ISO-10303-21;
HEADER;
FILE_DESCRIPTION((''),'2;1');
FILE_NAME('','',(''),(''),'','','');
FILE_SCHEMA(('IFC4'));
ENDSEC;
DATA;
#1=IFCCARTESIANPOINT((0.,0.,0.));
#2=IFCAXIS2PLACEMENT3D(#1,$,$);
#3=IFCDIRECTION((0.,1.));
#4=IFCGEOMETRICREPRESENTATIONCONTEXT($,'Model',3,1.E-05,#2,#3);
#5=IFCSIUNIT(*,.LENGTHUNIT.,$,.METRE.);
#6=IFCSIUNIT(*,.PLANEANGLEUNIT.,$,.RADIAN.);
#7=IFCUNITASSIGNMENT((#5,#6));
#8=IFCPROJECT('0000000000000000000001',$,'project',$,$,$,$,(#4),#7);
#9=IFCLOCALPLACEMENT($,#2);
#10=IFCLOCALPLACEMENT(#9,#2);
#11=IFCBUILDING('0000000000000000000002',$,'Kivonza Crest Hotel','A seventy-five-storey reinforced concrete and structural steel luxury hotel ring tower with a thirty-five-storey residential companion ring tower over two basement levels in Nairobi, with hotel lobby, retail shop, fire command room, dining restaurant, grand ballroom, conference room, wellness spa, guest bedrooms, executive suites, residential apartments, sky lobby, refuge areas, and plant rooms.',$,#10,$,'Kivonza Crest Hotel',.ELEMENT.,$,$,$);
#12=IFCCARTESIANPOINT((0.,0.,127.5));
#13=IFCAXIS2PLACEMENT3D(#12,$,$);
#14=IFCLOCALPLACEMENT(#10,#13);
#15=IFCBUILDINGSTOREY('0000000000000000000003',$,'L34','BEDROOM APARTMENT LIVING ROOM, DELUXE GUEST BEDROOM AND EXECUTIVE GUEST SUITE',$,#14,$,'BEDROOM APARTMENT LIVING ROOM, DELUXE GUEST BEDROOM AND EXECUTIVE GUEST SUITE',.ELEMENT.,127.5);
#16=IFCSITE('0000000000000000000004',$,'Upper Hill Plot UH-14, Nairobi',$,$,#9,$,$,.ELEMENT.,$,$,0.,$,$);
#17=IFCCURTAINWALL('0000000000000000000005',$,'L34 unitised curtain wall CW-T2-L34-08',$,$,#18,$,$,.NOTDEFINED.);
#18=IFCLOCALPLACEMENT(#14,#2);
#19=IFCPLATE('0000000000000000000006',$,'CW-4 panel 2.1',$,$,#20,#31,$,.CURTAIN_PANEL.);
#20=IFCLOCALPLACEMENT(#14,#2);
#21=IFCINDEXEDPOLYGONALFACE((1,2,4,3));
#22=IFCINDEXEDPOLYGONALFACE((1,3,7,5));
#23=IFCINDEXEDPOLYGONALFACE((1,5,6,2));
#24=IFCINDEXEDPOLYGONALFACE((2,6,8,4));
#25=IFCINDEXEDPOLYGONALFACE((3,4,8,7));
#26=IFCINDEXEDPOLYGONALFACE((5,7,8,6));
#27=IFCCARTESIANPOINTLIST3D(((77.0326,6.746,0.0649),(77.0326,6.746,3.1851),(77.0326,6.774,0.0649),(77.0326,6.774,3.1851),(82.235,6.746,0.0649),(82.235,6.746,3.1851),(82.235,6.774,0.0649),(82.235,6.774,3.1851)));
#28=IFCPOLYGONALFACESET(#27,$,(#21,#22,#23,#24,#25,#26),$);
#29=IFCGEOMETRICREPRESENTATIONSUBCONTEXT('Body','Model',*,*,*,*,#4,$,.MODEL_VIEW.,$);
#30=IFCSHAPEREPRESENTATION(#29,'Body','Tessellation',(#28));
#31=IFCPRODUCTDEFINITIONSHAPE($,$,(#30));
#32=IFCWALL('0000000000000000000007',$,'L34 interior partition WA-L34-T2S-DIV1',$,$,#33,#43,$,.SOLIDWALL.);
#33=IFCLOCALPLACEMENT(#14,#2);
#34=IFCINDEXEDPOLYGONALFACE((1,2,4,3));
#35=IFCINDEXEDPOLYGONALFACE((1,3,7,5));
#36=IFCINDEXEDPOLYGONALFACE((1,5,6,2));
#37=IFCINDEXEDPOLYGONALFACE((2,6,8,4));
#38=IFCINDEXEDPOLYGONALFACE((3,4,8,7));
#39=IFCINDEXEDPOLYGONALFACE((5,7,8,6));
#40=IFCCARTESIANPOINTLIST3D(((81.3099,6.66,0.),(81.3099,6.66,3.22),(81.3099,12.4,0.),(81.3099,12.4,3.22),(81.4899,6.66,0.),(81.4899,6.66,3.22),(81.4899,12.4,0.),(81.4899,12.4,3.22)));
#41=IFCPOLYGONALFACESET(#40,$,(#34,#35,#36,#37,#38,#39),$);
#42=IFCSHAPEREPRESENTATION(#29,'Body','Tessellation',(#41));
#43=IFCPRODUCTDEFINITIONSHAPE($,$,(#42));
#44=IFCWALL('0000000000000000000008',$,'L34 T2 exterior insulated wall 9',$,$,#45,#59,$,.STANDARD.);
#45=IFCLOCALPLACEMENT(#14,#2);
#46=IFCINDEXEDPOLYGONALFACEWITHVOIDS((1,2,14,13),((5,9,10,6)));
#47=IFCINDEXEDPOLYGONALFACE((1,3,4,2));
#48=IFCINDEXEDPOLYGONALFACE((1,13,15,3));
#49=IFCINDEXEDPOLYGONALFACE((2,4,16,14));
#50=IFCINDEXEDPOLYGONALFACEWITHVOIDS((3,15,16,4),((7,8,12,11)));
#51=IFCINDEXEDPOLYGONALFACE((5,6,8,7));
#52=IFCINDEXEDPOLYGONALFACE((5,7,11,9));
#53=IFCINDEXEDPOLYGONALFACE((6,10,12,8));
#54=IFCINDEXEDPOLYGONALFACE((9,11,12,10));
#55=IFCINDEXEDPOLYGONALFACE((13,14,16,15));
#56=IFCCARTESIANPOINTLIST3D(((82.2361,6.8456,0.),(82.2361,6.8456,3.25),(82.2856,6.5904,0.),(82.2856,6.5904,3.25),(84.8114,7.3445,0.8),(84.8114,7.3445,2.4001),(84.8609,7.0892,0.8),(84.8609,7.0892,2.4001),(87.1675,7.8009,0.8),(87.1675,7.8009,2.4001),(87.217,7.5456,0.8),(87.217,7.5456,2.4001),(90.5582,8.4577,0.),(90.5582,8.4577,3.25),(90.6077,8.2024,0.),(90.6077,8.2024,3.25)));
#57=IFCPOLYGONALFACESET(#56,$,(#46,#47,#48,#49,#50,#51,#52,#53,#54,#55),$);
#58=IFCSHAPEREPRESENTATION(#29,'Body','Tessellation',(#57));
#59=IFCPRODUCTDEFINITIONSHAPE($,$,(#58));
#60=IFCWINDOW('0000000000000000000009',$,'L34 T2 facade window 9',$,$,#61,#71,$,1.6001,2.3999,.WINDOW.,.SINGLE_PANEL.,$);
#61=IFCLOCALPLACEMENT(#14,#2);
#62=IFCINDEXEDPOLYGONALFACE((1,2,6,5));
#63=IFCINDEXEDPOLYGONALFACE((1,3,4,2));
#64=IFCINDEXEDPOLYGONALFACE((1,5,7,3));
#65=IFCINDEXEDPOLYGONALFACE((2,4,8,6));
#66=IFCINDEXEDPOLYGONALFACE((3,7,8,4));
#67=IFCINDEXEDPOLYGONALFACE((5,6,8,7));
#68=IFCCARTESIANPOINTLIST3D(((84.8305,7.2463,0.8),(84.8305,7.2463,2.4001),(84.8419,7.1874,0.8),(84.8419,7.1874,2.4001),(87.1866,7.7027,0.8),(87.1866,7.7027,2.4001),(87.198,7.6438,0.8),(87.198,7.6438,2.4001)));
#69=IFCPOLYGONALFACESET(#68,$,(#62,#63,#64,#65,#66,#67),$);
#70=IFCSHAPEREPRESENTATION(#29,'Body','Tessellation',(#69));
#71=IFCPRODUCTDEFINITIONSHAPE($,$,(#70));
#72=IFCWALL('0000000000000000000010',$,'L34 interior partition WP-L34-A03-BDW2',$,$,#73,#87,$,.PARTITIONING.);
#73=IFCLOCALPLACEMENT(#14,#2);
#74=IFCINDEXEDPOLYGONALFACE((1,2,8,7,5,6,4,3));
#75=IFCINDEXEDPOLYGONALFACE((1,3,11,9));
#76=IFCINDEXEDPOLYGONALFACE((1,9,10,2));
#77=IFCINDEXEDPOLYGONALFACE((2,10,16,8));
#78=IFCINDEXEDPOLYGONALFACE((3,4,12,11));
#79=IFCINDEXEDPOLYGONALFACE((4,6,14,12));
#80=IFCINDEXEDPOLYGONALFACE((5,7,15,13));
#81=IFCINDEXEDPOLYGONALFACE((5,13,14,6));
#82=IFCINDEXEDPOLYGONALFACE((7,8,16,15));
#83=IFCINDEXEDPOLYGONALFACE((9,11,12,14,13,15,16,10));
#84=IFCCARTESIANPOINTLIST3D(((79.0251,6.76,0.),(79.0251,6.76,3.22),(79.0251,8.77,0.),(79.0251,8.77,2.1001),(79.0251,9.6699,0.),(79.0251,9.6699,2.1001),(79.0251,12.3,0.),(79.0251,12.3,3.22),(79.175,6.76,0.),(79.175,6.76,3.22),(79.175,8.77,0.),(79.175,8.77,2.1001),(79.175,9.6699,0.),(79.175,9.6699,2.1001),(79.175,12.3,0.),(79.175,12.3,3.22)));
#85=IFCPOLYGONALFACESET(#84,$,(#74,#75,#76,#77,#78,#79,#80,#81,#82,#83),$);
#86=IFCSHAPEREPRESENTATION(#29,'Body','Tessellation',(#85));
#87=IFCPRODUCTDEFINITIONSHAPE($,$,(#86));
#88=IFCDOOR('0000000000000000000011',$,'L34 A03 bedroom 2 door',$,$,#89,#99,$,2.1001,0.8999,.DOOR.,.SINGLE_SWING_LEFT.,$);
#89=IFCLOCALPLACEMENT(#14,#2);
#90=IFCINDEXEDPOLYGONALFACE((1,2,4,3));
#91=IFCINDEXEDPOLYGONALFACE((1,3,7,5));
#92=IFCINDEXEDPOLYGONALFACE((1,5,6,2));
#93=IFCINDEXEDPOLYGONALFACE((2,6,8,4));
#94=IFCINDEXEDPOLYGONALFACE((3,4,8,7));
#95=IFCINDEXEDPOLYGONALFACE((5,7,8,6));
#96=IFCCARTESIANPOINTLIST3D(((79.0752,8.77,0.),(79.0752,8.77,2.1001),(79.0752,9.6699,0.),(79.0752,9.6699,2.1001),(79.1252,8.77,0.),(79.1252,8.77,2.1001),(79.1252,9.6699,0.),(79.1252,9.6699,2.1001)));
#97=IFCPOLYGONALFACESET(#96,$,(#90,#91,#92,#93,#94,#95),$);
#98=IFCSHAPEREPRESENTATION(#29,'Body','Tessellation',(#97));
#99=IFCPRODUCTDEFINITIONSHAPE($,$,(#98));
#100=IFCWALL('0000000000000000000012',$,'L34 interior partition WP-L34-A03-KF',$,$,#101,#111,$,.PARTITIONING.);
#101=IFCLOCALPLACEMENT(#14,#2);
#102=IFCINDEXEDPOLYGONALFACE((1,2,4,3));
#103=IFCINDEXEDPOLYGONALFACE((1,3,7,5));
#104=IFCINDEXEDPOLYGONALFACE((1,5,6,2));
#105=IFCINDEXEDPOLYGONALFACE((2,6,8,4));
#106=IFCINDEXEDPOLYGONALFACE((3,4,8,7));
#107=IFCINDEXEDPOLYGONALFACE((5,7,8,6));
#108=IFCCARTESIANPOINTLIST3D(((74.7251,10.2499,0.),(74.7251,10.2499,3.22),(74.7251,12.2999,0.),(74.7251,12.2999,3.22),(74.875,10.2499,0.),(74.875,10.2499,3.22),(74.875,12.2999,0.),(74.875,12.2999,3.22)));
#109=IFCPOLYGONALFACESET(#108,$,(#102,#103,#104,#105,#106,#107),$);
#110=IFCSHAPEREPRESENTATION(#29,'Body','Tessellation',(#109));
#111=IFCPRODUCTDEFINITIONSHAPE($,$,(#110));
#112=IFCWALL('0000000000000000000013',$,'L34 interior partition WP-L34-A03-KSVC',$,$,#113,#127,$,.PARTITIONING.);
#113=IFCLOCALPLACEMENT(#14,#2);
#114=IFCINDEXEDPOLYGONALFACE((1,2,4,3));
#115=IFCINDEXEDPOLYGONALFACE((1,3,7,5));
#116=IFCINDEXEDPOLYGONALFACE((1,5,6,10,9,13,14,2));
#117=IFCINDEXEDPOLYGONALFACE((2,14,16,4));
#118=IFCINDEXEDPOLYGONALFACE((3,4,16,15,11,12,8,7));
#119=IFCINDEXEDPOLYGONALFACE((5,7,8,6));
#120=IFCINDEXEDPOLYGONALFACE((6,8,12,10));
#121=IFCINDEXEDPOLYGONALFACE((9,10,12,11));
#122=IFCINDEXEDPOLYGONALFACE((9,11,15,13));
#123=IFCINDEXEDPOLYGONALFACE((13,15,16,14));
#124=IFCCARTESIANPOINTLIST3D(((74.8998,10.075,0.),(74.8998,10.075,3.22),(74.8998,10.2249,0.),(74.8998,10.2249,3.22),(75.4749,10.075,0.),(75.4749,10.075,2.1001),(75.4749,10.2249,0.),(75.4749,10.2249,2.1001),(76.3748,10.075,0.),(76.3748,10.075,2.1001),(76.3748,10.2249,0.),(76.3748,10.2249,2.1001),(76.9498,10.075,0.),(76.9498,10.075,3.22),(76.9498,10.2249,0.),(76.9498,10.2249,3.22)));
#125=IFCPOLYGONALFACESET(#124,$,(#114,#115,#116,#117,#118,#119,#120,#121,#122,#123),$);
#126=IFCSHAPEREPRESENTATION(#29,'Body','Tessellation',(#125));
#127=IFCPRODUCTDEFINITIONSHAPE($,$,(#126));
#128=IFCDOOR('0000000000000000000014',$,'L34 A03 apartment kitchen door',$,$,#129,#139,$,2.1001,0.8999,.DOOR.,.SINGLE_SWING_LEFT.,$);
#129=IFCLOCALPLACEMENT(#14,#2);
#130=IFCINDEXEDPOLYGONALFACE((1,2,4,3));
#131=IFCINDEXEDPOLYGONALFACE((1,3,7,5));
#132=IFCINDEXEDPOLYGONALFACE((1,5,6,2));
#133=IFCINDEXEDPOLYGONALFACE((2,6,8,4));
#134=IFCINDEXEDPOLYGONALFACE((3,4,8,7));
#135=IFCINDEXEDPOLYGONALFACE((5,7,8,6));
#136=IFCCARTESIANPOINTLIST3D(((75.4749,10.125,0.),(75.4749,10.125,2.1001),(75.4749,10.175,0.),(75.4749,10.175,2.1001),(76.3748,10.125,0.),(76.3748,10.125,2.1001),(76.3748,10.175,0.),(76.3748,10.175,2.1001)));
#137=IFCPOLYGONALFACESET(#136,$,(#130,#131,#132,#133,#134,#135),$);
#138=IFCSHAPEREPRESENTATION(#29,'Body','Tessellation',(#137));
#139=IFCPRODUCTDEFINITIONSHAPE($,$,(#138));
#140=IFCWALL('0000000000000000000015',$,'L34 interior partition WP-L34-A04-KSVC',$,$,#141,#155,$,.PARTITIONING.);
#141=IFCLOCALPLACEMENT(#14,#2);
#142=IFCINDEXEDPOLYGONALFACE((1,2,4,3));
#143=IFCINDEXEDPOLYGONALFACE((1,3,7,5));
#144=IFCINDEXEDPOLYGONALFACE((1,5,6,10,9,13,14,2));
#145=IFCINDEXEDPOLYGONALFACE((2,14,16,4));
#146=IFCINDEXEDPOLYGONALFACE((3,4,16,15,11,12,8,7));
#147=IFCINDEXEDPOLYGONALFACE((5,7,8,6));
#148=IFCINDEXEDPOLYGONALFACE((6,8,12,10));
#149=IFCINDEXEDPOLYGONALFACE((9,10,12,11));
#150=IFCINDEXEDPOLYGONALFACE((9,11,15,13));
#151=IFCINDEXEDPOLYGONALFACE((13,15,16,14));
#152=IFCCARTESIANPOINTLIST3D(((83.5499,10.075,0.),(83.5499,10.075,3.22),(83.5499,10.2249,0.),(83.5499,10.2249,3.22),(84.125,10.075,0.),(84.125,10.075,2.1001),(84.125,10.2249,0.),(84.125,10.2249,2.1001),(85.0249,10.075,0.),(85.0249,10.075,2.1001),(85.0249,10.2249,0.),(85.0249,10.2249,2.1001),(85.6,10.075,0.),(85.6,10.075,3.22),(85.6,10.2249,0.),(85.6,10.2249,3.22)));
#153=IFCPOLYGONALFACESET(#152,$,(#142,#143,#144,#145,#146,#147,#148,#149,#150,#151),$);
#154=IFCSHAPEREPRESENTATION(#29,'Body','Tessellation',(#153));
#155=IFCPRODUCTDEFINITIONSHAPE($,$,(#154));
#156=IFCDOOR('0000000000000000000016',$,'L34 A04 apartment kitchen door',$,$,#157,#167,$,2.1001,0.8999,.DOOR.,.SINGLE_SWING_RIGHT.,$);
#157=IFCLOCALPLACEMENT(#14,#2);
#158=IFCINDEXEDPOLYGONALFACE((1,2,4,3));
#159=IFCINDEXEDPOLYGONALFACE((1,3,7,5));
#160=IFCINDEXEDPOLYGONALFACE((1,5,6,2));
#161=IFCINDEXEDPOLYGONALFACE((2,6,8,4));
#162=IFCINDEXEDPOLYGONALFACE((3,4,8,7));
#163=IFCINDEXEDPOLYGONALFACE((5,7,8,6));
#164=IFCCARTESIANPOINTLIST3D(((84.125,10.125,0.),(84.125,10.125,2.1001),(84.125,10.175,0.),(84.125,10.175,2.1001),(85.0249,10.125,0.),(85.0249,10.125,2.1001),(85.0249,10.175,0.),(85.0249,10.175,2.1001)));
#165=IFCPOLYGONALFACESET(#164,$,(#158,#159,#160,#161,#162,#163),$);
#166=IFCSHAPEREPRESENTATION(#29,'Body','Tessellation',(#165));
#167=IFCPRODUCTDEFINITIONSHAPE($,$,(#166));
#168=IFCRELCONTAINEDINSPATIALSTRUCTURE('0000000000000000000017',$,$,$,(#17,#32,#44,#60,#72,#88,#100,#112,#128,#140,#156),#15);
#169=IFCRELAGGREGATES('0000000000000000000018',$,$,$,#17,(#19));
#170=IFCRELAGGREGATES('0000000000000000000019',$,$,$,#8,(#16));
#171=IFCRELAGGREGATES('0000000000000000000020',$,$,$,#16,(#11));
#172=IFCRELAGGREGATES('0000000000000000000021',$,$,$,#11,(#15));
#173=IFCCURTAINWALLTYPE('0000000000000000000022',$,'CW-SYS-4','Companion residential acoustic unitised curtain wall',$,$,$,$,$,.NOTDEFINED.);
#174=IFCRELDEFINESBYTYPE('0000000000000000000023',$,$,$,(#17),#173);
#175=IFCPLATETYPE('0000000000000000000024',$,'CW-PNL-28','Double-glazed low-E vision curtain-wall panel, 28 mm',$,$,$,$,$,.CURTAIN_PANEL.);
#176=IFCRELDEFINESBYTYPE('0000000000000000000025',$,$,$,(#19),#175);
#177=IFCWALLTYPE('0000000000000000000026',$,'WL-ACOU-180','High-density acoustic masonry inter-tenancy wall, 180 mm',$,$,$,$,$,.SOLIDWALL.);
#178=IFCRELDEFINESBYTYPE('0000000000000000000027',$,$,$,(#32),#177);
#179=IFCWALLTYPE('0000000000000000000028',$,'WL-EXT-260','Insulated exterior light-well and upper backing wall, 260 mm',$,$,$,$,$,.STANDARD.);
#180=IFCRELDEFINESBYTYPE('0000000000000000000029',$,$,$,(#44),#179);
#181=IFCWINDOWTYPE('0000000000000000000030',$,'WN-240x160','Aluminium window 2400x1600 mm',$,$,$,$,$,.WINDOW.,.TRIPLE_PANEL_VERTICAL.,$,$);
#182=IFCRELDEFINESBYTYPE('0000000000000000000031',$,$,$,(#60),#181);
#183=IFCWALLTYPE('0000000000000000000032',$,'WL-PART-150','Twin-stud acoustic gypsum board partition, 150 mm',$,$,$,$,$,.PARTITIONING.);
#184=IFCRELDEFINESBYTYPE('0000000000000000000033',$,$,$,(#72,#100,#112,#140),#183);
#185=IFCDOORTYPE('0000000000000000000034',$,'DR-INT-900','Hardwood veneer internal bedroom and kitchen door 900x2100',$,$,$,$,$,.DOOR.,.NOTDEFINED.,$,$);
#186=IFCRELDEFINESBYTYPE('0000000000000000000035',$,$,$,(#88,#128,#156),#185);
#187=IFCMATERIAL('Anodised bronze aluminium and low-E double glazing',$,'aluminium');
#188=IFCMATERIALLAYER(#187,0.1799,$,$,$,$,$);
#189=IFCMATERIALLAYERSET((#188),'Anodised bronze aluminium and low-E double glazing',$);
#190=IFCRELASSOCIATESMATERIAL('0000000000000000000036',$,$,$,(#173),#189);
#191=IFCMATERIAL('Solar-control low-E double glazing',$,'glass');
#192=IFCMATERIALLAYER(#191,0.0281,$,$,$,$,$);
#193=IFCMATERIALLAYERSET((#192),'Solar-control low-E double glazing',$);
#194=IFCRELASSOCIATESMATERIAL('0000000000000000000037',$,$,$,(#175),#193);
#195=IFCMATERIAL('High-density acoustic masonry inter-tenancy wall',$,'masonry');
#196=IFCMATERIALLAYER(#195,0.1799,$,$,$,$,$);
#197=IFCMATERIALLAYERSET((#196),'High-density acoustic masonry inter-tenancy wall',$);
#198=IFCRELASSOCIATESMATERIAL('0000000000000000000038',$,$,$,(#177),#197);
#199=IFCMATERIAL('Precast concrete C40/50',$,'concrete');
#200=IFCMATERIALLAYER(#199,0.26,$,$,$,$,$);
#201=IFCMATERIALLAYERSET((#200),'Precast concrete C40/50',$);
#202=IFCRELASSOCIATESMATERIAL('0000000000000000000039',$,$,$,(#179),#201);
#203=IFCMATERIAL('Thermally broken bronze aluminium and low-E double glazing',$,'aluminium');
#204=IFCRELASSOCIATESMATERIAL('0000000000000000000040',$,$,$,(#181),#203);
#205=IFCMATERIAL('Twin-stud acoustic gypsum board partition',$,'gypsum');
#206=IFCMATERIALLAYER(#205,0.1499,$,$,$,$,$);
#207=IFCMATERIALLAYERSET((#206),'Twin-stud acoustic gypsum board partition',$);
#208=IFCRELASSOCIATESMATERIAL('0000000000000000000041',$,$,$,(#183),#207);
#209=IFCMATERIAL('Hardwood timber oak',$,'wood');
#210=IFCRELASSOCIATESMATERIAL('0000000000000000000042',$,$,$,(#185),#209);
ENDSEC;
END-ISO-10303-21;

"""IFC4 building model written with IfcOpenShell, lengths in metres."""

from ifc_helpers import new_model, si_unit, direction, frame, frame_2d, origin, origin_2d, place, context, subcontext, project, spatial, rectangle, extrude, material, layer, layer_set, type_object, element, fill, aggregate, save


model = new_model("IFC4")

# Units and contexts
model_context = context("Model", 3, precision=1e-05, world=origin(), true_north=direction((0.0, 1.0)))
body_context = subcontext(model_context, "Body", "Model", "MODEL_VIEW")
ifc_project = project(units=[si_unit("LENGTHUNIT", "METRE"), si_unit("PLANEANGLEUNIT", "RADIAN")], contexts=[model_context])

# Site, building, storey
site_placement = place(None, origin())
site = spatial("IfcSite", under=ifc_project, at=site_placement, Name="Upper Hill Plot UH-14, Nairobi", CompositionType="ELEMENT", RefElevation=0.0)
building_placement = place(site_placement, origin())
building = spatial("IfcBuilding", under=site, at=building_placement, Name="Kivonza Crest Hotel", Description="A seventy-five-storey reinforced concrete and structural steel luxury hotel ring tower with a thirty-five-storey residential companion ring tower over two basement levels in Nairobi, with hotel lobby, retail shop, fire command room, dining restaurant, grand ballroom, conference room, wellness spa, guest bedrooms, executive suites, residential apartments, sky lobby, refuge areas, and plant rooms.", LongName="Kivonza Crest Hotel", CompositionType="ELEMENT")
storey_placement = place(building_placement, frame((0.0, 0.0, 127.5)))
storey = spatial("IfcBuildingStorey", under=building, at=storey_placement, Name="L34", Description="BEDROOM APARTMENT LIVING ROOM, DELUXE GUEST BEDROOM AND EXECUTIVE GUEST SUITE", LongName="BEDROOM APARTMENT LIVING ROOM, DELUXE GUEST BEDROOM AND EXECUTIVE GUEST SUITE", CompositionType="ELEMENT", Elevation=127.5)

# Curtain wall, plate
ifc_material_1 = material(Name="Anodised bronze aluminium and low-E double glazing", Category="aluminium")
ifc_layer_1 = layer(ifc_material_1, 0.1799)
ifc_layer_set_1 = layer_set([ifc_layer_1], Name="Anodised bronze aluminium and low-E double glazing")
curtain_wall_type = type_object("IfcCurtainWallType", Name="CW-SYS-4", Description="Companion residential acoustic unitised curtain wall", PredefinedType="NOTDEFINED", material=ifc_layer_set_1)
curtain_wall_placement = place(storey_placement, origin())
curtain_wall = element("IfcCurtainWall", 1, at=curtain_wall_placement, inside=storey, type_object=curtain_wall_type, Name="L34 unitised curtain wall CW-T2-L34-08", PredefinedType="NOTDEFINED")
ifc_material_2 = material(Name="Solar-control low-E double glazing", Category="glass")
ifc_layer_2 = layer(ifc_material_2, 0.0281)
ifc_layer_set_2 = layer_set([ifc_layer_2], Name="Solar-control low-E double glazing")
plate_type = type_object("IfcPlateType", Name="CW-PNL-28", Description="Double-glazed low-E vision curtain-wall panel, 28 mm", PredefinedType="CURTAIN_PANEL", material=ifc_layer_set_2)
plate_1_placement = place(storey_placement, frame((79.6338, 6.76, 0.0649), z_axis=(0.0, 0.0, 1.0), x_axis=(1.0, 0.0, 0.0)))
plate_1 = element("IfcPlate", 2, at=plate_1_placement, type_object=plate_type, Name="CW-4 panel 2.1", PredefinedType="CURTAIN_PANEL", context=body_context, shape_type="SweptSolid", body=[
    extrude(rectangle(XDim=5.2024, YDim=0.0281, at=origin_2d()), origin(), (0.0, 0.0, 1.0), 3.1201),
])
aggregate(curtain_wall, [plate_1])

# Wall
ifc_material_3 = material(Name="High-density acoustic masonry inter-tenancy wall", Category="masonry")
ifc_layer_3 = layer(ifc_material_3, 0.1799)
ifc_layer_set_3 = layer_set([ifc_layer_3], Name="High-density acoustic masonry inter-tenancy wall")
wall_type_1 = type_object("IfcWallType", Name="WL-ACOU-180", Description="High-density acoustic masonry inter-tenancy wall, 180 mm", PredefinedType="SOLIDWALL", material=ifc_layer_set_3)
wall_1_placement = place(storey_placement, frame((81.3999, 6.6599, 0.0), z_axis=(0.0, 0.0, 1.0), x_axis=(0.0, 1.0, 0.0)))
element("IfcWall", 3, at=wall_1_placement, inside=storey, type_object=wall_type_1, Name="L34 interior partition WA-L34-T2S-DIV1", PredefinedType="SOLIDWALL", context=body_context, shape_type="SweptSolid", body=[
    extrude(rectangle(XDim=5.74, YDim=0.1799, at=frame_2d((2.8701, 0.0))), origin(), (0.0, 0.0, 1.0), 3.22),
])

# Wall, opening, window
ifc_material_4 = material(Name="Precast concrete C40/50", Category="concrete")
ifc_layer_4 = layer(ifc_material_4, 0.26)
ifc_layer_set_4 = layer_set([ifc_layer_4], Name="Precast concrete C40/50")
wall_type_2 = type_object("IfcWallType", Name="WL-EXT-260", Description="Insulated exterior light-well and upper backing wall, 260 mm", PredefinedType="STANDARD", material=ifc_layer_set_4)
wall_2_placement = place(storey_placement, frame((82.261, 6.718, 0.0), z_axis=(0.0, 0.0, 1.0), x_axis=(0.98175, 0.190175, 0.0)))
wall_2 = element("IfcWall", 4, at=wall_2_placement, inside=storey, type_object=wall_type_2, Name="L34 T2 exterior insulated wall 9", PredefinedType="STANDARD", context=body_context, shape_type="SweptSolid", body=[
    extrude(rectangle(XDim=8.4768, YDim=0.26, at=frame_2d((4.2383, 0.0))), origin(), (0.0, 0.0, 1.0), 3.25),
])
opening_1_placement = place(wall_2_placement, frame((2.623, 0.0, 0.8)))
opening_1 = element("IfcOpeningElement", 5, at=opening_1_placement, cuts=wall_2, PredefinedType="OPENING", context=body_context, shape_type="SweptSolid", body=[
    extrude(rectangle(XDim=2.3999, YDim=1.6001, at=frame_2d((1.2, 0.8))), frame((0.0, 0.1401, 0.0), z_axis=(0.0, -1.0, 0.0), x_axis=(1.0, 0.0, 0.0)), (0.0, 0.0, 1.0), 0.28),
])
ifc_material_5 = material(Name="Thermally broken bronze aluminium and low-E double glazing", Category="aluminium")
window_type = type_object("IfcWindowType", Name="WN-240x160", Description="Aluminium window 2400x1600 mm", PartitioningType="TRIPLE_PANEL_VERTICAL", PredefinedType="WINDOW", material=ifc_material_5)
window_placement = place(opening_1_placement, origin())
window = element("IfcWindow", 6, at=window_placement, inside=storey, type_object=window_type, Name="L34 T2 facade window 9", OverallHeight=1.6001, OverallWidth=2.3999, PartitioningType="SINGLE_PANEL", PredefinedType="WINDOW", context=body_context, shape_type="SweptSolid", body=[
    extrude(rectangle(XDim=2.3999, YDim=1.6001, at=frame_2d((1.2, 0.8))), frame((0.0, 0.03, 0.0), z_axis=(0.0, -1.0, 0.0), x_axis=(1.0, 0.0, 0.0)), (0.0, 0.0, 1.0), 0.0601),
])
fill(opening_1, window)

# Wall, opening, door
ifc_material_6 = material(Name="Twin-stud acoustic gypsum board partition", Category="gypsum")
ifc_layer_5 = layer(ifc_material_6, 0.1499)
ifc_layer_set_5 = layer_set([ifc_layer_5], Name="Twin-stud acoustic gypsum board partition")
wall_type_3 = type_object("IfcWallType", Name="WL-PART-150", Description="Twin-stud acoustic gypsum board partition, 150 mm", PredefinedType="PARTITIONING", material=ifc_layer_set_5)
wall_3_placement = place(storey_placement, frame((79.1001, 6.76, 0.0), z_axis=(0.0, 0.0, 1.0), x_axis=(0.0, 1.0, 0.0)))
wall_3 = element("IfcWall", 7, at=wall_3_placement, inside=storey, type_object=wall_type_3, Name="L34 interior partition WP-L34-A03-BDW2", PredefinedType="PARTITIONING", context=body_context, shape_type="SweptSolid", body=[
    extrude(rectangle(XDim=5.54, YDim=0.1499, at=frame_2d((2.77, 0.0))), origin(), (0.0, 0.0, 1.0), 3.22),
])
opening_2_placement = place(wall_3_placement, frame((2.01, 0.0, 0.0)))
opening_2 = element("IfcOpeningElement", 8, at=opening_2_placement, cuts=wall_3, PredefinedType="OPENING", context=body_context, shape_type="SweptSolid", body=[
    extrude(rectangle(XDim=0.8999, YDim=2.1001, at=frame_2d((0.45, 1.05))), frame((0.0, 0.085, 0.0), z_axis=(0.0, -1.0, 0.0), x_axis=(1.0, 0.0, 0.0)), (0.0, 0.0, 1.0), 0.1699),
])
ifc_material_7 = material(Name="Hardwood timber oak", Category="wood")
door_type_1 = type_object("IfcDoorType", Name="DR-INT-900", Description="Hardwood veneer internal bedroom and kitchen door 900x2100", OperationType="NOTDEFINED", PredefinedType="DOOR", material=ifc_material_7)
door_1_placement = place(opening_2_placement, origin())
door_1 = element("IfcDoor", 9, at=door_1_placement, inside=storey, type_object=door_type_1, Name="L34 A03 bedroom 2 door", OperationType="SINGLE_SWING_LEFT", OverallHeight=2.1001, OverallWidth=0.8999, PredefinedType="DOOR", context=body_context, shape_type="SweptSolid", body=[
    extrude(rectangle(XDim=0.8999, YDim=2.1001, at=frame_2d((0.45, 1.05))), frame((0.0, 0.0249, 0.0), z_axis=(0.0, -1.0, 0.0), x_axis=(1.0, 0.0, 0.0)), (0.0, 0.0, 1.0), 0.05),
])
fill(opening_2, door_1)

# Wall
wall_4_placement = place(storey_placement, frame((74.8, 10.25, 0.0), z_axis=(0.0, 0.0, 1.0), x_axis=(0.0, 1.0, 0.0)))
element("IfcWall", 10, at=wall_4_placement, inside=storey, type_object=wall_type_3, Name="L34 interior partition WP-L34-A03-KF", PredefinedType="PARTITIONING", context=body_context, shape_type="SweptSolid", body=[
    extrude(rectangle(XDim=2.05, YDim=0.1499, at=frame_2d((1.0249, 0.0))), origin(), (0.0, 0.0, 1.0), 3.22),
])

# Walls, openings, doors
wall_5_placement = place(storey_placement, frame((74.8999, 10.1499, 0.0), z_axis=(0.0, 0.0, 1.0), x_axis=(1.0, 0.0, 0.0)))
wall_5 = element("IfcWall", 11, at=wall_5_placement, inside=storey, type_object=wall_type_3, Name="L34 interior partition WP-L34-A03-KSVC", PredefinedType="PARTITIONING", context=body_context, shape_type="SweptSolid", body=[
    extrude(rectangle(XDim=2.05, YDim=0.1499, at=frame_2d((1.0249, 0.0))), origin(), (0.0, 0.0, 1.0), 3.22),
])
opening_3_placement = place(wall_5_placement, frame((0.575, 0.0, 0.0)))
opening_3 = element("IfcOpeningElement", 12, at=opening_3_placement, cuts=wall_5, PredefinedType="OPENING", context=body_context, shape_type="SweptSolid", body=[
    extrude(rectangle(XDim=0.8999, YDim=2.1001, at=frame_2d((0.45, 1.05))), frame((0.0, 0.085, 0.0), z_axis=(0.0, -1.0, 0.0), x_axis=(1.0, 0.0, 0.0)), (0.0, 0.0, 1.0), 0.1699),
])
door_2_placement = place(opening_3_placement, frame((0.8999, 0.0, 0.0), z_axis=(0.0, 0.0, 1.0), x_axis=(-1.0, 0.0, 0.0)))
door_2 = element("IfcDoor", 13, at=door_2_placement, inside=storey, type_object=door_type_1, Name="L34 A03 apartment kitchen door", OperationType="SINGLE_SWING_LEFT", OverallHeight=2.1001, OverallWidth=0.8999, PredefinedType="DOOR", context=body_context, shape_type="SweptSolid", body=[
    extrude(rectangle(XDim=0.8999, YDim=2.1001, at=frame_2d((0.45, 1.05))), frame((0.0, 0.0249, 0.0), z_axis=(0.0, -1.0, 0.0), x_axis=(1.0, 0.0, 0.0)), (0.0, 0.0, 1.0), 0.05),
])
fill(opening_3, door_2)
wall_6_placement = place(storey_placement, frame((83.55, 10.1499, 0.0), z_axis=(0.0, 0.0, 1.0), x_axis=(1.0, 0.0, 0.0)))
wall_6 = element("IfcWall", 14, at=wall_6_placement, inside=storey, type_object=wall_type_3, Name="L34 interior partition WP-L34-A04-KSVC", PredefinedType="PARTITIONING", context=body_context, shape_type="SweptSolid", body=[
    extrude(rectangle(XDim=2.05, YDim=0.1499, at=frame_2d((1.0249, 0.0))), origin(), (0.0, 0.0, 1.0), 3.22),
])
opening_4_placement = place(wall_6_placement, frame((0.575, 0.0, 0.0)))
opening_4 = element("IfcOpeningElement", 15, at=opening_4_placement, cuts=wall_6, PredefinedType="OPENING", context=body_context, shape_type="SweptSolid", body=[
    extrude(rectangle(XDim=0.8999, YDim=2.1001, at=frame_2d((0.45, 1.05))), frame((0.0, 0.085, 0.0), z_axis=(0.0, -1.0, 0.0), x_axis=(1.0, 0.0, 0.0)), (0.0, 0.0, 1.0), 0.1699),
])
door_3_placement = place(opening_4_placement, frame((0.8999, 0.0, 0.0), z_axis=(0.0, 0.0, 1.0), x_axis=(-1.0, 0.0, 0.0)))
door_3 = element("IfcDoor", 16, at=door_3_placement, inside=storey, type_object=door_type_1, Name="L34 A04 apartment kitchen door", OperationType="SINGLE_SWING_RIGHT", OverallHeight=2.1001, OverallWidth=0.8999, PredefinedType="DOOR", context=body_context, shape_type="SweptSolid", body=[
    extrude(rectangle(XDim=0.8999, YDim=2.1001, at=frame_2d((0.45, 1.05))), frame((0.0, 0.0249, 0.0), z_axis=(0.0, -1.0, 0.0), x_axis=(1.0, 0.0, 0.0)), (0.0, 0.0, 1.0), 0.05),
])
fill(opening_4, door_3)

save(model, "model.ifc")
